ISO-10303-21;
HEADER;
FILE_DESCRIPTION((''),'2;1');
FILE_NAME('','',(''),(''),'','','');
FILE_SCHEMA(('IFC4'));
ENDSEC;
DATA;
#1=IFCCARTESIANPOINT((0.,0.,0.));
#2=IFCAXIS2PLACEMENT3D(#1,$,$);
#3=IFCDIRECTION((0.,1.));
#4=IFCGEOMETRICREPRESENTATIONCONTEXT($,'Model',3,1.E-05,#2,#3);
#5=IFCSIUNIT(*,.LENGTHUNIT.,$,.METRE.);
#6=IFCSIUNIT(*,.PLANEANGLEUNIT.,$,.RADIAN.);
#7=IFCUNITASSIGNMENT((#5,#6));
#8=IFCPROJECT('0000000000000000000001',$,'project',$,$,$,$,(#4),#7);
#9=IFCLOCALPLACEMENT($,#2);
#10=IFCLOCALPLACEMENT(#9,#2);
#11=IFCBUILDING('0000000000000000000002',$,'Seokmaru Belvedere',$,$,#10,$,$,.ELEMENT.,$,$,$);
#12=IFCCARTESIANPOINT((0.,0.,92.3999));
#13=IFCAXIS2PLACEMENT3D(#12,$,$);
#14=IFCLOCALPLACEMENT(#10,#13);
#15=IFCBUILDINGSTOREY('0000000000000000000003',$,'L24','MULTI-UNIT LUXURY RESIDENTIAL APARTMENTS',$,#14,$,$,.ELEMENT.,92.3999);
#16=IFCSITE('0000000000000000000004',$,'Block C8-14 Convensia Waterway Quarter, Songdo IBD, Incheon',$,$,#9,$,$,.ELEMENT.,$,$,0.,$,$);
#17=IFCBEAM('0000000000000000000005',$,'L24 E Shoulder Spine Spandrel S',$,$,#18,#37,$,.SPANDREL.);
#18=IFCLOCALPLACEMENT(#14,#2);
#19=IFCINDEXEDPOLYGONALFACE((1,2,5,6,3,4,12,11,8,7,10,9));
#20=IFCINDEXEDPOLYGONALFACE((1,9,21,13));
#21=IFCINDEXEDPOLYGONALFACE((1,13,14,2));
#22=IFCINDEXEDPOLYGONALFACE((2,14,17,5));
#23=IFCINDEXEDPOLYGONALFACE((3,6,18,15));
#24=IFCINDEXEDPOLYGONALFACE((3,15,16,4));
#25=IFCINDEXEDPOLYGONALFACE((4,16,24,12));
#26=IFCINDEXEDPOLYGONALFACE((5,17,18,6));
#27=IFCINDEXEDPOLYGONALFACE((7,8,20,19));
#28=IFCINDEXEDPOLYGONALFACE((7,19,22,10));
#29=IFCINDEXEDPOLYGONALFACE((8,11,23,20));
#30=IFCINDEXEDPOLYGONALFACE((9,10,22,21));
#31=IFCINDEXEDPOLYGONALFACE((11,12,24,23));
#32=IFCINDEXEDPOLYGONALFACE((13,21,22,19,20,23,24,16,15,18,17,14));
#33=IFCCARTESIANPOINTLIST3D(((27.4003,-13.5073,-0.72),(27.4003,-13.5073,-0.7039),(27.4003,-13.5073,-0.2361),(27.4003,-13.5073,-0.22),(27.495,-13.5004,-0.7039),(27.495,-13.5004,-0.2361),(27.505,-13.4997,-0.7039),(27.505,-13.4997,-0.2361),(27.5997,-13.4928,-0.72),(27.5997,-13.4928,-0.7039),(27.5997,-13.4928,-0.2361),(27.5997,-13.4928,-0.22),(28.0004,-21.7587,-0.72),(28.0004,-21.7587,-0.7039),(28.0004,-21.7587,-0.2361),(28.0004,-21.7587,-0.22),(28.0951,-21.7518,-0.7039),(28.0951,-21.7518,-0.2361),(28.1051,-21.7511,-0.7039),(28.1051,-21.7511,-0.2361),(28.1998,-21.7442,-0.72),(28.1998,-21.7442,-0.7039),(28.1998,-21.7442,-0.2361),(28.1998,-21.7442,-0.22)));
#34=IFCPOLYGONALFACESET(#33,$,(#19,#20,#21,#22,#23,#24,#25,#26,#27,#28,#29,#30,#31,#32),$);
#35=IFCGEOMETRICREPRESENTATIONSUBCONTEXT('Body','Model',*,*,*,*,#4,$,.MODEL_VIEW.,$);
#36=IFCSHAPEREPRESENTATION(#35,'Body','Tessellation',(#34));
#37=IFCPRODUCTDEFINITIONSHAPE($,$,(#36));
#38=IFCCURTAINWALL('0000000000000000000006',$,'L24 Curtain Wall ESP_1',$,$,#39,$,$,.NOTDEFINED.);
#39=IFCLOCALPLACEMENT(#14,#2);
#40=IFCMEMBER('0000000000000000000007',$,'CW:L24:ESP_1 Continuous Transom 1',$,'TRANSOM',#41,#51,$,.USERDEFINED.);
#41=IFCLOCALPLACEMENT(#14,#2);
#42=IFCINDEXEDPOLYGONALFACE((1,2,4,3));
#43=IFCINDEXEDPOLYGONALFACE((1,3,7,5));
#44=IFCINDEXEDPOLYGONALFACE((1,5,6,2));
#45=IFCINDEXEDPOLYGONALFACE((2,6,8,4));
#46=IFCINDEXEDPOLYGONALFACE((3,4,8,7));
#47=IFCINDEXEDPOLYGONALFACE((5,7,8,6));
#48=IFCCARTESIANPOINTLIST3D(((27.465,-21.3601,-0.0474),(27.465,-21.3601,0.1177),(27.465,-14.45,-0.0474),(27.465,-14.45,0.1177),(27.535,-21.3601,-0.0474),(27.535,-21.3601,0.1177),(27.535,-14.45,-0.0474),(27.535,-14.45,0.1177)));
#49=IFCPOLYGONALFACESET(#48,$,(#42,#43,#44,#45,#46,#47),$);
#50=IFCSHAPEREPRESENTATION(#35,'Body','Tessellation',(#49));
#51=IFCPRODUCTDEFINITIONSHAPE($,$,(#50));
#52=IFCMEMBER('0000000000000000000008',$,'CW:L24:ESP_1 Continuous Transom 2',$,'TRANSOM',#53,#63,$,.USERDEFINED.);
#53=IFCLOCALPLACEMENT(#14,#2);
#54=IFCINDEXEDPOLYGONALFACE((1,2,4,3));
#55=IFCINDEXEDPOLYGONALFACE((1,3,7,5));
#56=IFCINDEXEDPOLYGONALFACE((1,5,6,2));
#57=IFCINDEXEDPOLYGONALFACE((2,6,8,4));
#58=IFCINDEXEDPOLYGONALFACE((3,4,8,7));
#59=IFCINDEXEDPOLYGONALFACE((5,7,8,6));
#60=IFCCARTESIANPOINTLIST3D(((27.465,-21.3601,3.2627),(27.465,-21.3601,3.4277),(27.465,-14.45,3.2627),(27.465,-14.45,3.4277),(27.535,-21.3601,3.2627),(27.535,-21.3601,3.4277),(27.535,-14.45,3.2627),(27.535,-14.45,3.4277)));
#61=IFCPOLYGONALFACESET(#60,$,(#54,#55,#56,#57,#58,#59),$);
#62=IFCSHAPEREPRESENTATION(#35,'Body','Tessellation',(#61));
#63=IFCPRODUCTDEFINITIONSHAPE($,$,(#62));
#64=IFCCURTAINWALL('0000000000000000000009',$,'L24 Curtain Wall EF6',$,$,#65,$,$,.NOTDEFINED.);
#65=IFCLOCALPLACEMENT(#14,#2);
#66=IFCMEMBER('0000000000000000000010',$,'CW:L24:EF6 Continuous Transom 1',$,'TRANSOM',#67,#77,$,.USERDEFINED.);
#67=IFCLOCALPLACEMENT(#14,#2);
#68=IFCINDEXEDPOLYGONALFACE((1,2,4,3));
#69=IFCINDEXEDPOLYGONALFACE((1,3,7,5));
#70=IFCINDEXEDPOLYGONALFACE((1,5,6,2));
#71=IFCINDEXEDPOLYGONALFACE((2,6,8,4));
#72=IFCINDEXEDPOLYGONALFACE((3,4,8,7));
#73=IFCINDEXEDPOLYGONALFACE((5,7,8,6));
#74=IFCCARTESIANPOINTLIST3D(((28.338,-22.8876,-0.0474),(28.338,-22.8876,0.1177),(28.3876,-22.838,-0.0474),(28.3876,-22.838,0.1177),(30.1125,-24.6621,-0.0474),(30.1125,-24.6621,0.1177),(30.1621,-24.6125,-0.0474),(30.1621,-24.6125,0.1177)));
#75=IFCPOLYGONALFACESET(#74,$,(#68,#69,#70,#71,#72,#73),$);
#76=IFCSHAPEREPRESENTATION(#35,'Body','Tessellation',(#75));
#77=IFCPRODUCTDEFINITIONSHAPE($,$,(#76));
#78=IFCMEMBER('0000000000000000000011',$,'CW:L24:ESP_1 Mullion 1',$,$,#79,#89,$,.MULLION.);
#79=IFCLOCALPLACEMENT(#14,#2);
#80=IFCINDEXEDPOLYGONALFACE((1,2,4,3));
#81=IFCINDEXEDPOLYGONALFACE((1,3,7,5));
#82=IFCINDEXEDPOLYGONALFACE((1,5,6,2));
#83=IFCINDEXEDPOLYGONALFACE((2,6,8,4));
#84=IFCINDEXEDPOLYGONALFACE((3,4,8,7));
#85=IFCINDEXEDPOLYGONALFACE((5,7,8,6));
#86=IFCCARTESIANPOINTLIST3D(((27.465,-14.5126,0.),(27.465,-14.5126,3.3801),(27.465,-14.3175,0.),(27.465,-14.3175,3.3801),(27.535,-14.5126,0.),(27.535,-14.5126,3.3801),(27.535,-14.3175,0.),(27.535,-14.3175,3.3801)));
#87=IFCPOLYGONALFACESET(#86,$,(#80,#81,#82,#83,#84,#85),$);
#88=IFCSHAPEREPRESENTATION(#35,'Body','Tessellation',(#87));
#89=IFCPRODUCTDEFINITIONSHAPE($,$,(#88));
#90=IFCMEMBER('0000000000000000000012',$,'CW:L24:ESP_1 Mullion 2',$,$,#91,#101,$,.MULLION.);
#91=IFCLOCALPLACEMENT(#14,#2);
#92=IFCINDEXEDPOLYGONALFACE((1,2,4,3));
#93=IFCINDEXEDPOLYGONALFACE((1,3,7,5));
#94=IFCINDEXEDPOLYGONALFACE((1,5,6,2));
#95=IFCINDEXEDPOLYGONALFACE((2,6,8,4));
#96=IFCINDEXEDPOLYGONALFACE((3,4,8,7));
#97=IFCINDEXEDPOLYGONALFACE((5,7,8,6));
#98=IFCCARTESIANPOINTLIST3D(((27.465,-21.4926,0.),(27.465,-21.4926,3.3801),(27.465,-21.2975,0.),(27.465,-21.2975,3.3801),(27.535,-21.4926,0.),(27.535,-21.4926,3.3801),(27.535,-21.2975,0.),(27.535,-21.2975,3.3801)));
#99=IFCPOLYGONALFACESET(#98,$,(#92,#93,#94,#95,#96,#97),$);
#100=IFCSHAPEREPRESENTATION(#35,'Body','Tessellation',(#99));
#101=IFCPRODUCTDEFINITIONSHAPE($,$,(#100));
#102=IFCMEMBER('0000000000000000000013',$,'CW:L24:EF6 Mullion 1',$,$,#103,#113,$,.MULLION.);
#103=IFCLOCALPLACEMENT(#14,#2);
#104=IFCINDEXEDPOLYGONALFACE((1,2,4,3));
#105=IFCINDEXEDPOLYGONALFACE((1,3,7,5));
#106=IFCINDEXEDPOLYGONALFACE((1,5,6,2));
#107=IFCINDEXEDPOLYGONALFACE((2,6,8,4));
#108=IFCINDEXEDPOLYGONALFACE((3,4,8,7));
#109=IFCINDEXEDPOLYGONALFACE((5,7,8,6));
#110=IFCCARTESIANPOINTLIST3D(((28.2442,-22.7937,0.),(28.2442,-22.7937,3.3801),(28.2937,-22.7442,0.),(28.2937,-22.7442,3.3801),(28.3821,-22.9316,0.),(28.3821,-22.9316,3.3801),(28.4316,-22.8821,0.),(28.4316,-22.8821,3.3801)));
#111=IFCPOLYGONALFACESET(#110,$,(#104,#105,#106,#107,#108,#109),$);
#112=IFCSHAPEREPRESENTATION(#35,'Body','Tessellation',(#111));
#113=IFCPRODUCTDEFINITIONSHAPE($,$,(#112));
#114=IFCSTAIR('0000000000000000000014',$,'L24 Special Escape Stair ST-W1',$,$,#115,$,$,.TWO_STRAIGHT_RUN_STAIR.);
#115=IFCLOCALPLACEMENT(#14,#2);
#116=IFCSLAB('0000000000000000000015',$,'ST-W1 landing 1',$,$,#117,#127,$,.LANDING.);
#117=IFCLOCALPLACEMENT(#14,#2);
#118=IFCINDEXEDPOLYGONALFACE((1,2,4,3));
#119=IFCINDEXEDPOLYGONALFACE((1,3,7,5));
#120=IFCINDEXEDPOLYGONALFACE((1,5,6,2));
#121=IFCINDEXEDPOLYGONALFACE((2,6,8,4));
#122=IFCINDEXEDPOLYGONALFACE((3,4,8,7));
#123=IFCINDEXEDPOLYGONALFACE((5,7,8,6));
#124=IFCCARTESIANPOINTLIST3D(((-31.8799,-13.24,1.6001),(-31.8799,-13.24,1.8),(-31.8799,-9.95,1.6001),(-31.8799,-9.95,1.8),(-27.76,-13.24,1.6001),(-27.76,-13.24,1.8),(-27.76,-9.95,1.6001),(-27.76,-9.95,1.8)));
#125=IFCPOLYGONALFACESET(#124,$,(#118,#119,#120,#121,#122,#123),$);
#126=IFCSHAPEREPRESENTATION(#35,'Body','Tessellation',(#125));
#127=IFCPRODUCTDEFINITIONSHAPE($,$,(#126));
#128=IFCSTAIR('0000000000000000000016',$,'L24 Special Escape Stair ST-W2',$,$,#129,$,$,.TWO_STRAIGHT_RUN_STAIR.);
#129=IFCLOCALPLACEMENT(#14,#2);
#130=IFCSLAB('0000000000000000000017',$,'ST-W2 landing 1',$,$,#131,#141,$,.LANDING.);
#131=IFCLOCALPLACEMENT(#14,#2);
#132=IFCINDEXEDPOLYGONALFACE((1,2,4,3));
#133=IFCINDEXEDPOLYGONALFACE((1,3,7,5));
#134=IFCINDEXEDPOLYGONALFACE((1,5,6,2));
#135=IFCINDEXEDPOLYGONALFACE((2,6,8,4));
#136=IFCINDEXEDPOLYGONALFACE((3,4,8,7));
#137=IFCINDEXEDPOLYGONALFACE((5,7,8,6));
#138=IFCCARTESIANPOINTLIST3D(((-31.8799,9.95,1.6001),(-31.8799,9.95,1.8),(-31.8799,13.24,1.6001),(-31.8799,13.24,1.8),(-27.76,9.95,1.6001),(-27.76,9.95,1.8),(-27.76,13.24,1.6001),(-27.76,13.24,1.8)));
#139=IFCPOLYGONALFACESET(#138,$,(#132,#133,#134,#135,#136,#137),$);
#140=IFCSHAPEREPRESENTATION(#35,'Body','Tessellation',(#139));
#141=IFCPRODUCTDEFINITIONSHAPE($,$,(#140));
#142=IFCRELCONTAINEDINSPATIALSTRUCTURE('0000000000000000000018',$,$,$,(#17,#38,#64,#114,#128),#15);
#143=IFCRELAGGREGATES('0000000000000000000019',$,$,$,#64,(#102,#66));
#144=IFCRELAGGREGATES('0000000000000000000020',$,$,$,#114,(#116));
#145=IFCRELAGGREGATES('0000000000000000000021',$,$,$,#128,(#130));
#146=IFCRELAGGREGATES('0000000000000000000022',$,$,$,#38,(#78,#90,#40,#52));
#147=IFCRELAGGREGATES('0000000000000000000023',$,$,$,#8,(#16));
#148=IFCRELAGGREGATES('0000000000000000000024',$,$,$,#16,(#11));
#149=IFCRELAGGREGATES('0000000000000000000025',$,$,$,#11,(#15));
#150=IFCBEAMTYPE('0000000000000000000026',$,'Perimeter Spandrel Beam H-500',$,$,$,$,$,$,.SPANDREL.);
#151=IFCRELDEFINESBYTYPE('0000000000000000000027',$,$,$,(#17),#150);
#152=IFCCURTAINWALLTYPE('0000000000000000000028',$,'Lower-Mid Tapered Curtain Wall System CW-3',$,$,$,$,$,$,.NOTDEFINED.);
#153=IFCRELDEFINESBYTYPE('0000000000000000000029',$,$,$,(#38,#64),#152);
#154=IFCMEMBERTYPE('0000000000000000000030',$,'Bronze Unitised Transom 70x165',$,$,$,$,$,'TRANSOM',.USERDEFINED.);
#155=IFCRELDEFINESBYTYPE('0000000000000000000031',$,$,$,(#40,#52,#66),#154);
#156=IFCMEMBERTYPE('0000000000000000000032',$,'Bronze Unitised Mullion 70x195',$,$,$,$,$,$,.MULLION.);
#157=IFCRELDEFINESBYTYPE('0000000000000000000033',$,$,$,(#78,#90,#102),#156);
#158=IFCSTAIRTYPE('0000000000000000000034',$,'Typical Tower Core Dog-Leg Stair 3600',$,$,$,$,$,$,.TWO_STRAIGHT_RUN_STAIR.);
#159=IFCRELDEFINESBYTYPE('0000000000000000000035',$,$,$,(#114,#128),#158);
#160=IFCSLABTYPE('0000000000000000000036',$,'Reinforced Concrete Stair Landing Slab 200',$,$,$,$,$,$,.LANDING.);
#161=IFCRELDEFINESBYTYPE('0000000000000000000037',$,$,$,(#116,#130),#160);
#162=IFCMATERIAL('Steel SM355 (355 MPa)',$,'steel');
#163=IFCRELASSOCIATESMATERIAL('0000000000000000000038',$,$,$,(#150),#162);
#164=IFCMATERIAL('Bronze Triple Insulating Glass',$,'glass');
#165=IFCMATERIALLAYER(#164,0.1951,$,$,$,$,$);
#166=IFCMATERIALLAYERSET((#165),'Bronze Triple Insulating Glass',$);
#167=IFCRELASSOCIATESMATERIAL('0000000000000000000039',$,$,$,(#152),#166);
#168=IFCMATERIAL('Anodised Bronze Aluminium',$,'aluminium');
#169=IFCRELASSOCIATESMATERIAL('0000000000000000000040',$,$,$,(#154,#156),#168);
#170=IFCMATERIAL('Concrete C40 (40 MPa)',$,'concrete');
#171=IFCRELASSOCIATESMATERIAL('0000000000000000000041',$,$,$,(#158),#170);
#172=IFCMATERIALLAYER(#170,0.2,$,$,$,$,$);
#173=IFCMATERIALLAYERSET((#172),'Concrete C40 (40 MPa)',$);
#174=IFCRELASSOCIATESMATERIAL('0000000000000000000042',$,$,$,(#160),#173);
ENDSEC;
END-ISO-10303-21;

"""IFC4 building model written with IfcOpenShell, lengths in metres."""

from ifc_helpers import new_model, si_unit, direction, frame, origin, origin_2d, place, context, subcontext, project, spatial, polyline, rectangle, i_section, outline, extrude, source, transform, mapped, material, layer, layer_set, material_profile, profile_set, type_object, type_shapes, element, aggregate, save


model = new_model("IFC4")

# Units and contexts
model_context = context("Model", 3, precision=1e-05, world=origin(), true_north=direction((0.0, 1.0)))
body_context = subcontext(model_context, "Body", "Model", "MODEL_VIEW")
ifc_project = project(units=[si_unit("LENGTHUNIT", "METRE"), si_unit("PLANEANGLEUNIT", "RADIAN")], contexts=[model_context])

# Site, building, storey
site_placement = place(None, origin())
site = spatial("IfcSite", under=ifc_project, at=site_placement, Name="Block C8-14 Convensia Waterway Quarter, Songdo IBD, Incheon", CompositionType="ELEMENT", RefElevation=0.0)
building_placement = place(site_placement, origin())
building = spatial("IfcBuilding", under=site, at=building_placement, Name="Seokmaru Belvedere", CompositionType="ELEMENT")
storey_placement = place(building_placement, frame((0.0, 0.0, 92.3999)))
storey = spatial("IfcBuildingStorey", under=building, at=storey_placement, Name="L24", Description="MULTI-UNIT LUXURY RESIDENTIAL APARTMENTS", CompositionType="ELEMENT", Elevation=92.3999)

# Shared definitions
ifc_material_1 = material(Name="Steel SM355 (355 MPa)", Category="steel")

# Beam
ifc_material_profile_1 = material_profile(ifc_material_1, i_section(OverallWidth=0.2, OverallDepth=0.5, WebThickness=0.01, FlangeThickness=0.0161, at=origin_2d()), Name="H-500x200x10x16")
ifc_profile_set_1 = profile_set([ifc_material_profile_1], Name="Steel SM355 (355 MPa)")
beam_type_1 = type_object("IfcBeamType", Name="Perimeter Spandrel Beam H-500", PredefinedType="SPANDREL", material=ifc_profile_set_1)
shared_shape_1 = source(origin(), body_context, "Body", "SweptSolid", [
    extrude(i_section(OverallWidth=0.2, OverallDepth=0.5, WebThickness=0.01, FlangeThickness=0.0161, at=origin_2d()), origin(), (0.0, 0.0, 1.0), 8.2732),
])
beam_1_placement = place(storey_placement, frame((28.1001, -21.7515, -0.47), z_axis=(-0.072535, 0.997366, 0.0), x_axis=(-0.997366, -0.072535, 0.0)))
element("IfcBeam", 1, at=beam_1_placement, inside=storey, type_object=beam_type_1, Name="L24 E Shoulder Spine Spandrel S", PredefinedType="SPANDREL", context=body_context, shape_type="MappedRepresentation", body=[
    mapped(shared_shape_1, transform((0.0, 0.0, 0.0), scale=1.0)),
])

# Curtain wall, members
ifc_material_2 = material(Name="Bronze Triple Insulating Glass", Category="glass")
ifc_layer_1 = layer(ifc_material_2, 0.1951)
ifc_layer_set_1 = layer_set([ifc_layer_1], Name="Bronze Triple Insulating Glass")
curtain_wall_type = type_object("IfcCurtainWallType", Name="Lower-Mid Tapered Curtain Wall System CW-3", PredefinedType="NOTDEFINED", material=ifc_layer_set_1)
curtain_wall_1_placement = place(storey_placement, origin())
curtain_wall_1 = element("IfcCurtainWall", 2, at=curtain_wall_1_placement, inside=storey, type_object=curtain_wall_type, Name="L24 Curtain Wall ESP_1", PredefinedType="NOTDEFINED")
ifc_material_3 = material(Name="Anodised Bronze Aluminium", Category="aluminium")
ifc_material_profile_2 = material_profile(ifc_material_3, rectangle(XDim=0.0701, YDim=0.165, at=origin_2d()), Name="CW-T-70x165")
ifc_profile_set_2 = profile_set([ifc_material_profile_2], Name="Anodised Bronze Aluminium")
member_type_1 = type_object("IfcMemberType", Name="Bronze Unitised Transom 70x165", ElementType="TRANSOM", PredefinedType="USERDEFINED", material=ifc_profile_set_2)
shared_shape_2 = source(origin(), body_context, "Body", "SweptSolid", [
    extrude(rectangle(XDim=0.0701, YDim=0.165, at=origin_2d()), origin(), (0.0, 0.0, 1.0), 6.9102),
])
member_1_placement = place(storey_placement, frame((27.5, -14.45, 0.0352), z_axis=(0.0, -1.0, 0.0), x_axis=(1.0, 0.0, 0.0)))
member_1 = element("IfcMember", 3, at=member_1_placement, type_object=member_type_1, Name="CW:L24:ESP_1 Continuous Transom 1", ObjectType="TRANSOM", PredefinedType="USERDEFINED", context=body_context, shape_type="MappedRepresentation", body=[
    mapped(shared_shape_2, transform((0.0, 0.0, 0.0), scale=1.0)),
])
member_2_placement = place(storey_placement, frame((27.5, -14.45, 3.3452), z_axis=(0.0, -1.0, 0.0), x_axis=(1.0, 0.0, 0.0)))
member_2 = element("IfcMember", 4, at=member_2_placement, type_object=member_type_1, Name="CW:L24:ESP_1 Continuous Transom 2", ObjectType="TRANSOM", PredefinedType="USERDEFINED", context=body_context, shape_type="MappedRepresentation", body=[
    mapped(shared_shape_2, transform((0.0, 0.0, 0.0), scale=1.0)),
])

# Curtain wall, member
curtain_wall_2_placement = place(storey_placement, origin())
curtain_wall_2 = element("IfcCurtainWall", 5, at=curtain_wall_2_placement, inside=storey, type_object=curtain_wall_type, Name="L24 Curtain Wall EF6", PredefinedType="NOTDEFINED")
shared_shape_3 = source(origin(), body_context, "Body", "SweptSolid", [
    extrude(rectangle(XDim=0.0701, YDim=0.165, at=origin_2d()), origin(), (0.0, 0.0, 1.0), 2.5095),
])
type_shapes(member_type_1, [shared_shape_2, shared_shape_3])
member_3_placement = place(storey_placement, frame((28.3628, -22.8628, 0.0352), z_axis=(0.707107, -0.707107, 0.0), x_axis=(0.707107, 0.707107, 0.0)))
member_3 = element("IfcMember", 6, at=member_3_placement, type_object=member_type_1, Name="CW:L24:EF6 Continuous Transom 1", ObjectType="TRANSOM", PredefinedType="USERDEFINED", context=body_context, shape_type="MappedRepresentation", body=[
    mapped(shared_shape_3, transform((0.0, 0.0, 0.0), scale=1.0)),
])

# Members
ifc_material_profile_3 = material_profile(ifc_material_3, rectangle(XDim=0.0701, YDim=0.1951, at=origin_2d()), Name="CW-M-70x195")
ifc_profile_set_3 = profile_set([ifc_material_profile_3], Name="Anodised Bronze Aluminium")
member_type_2 = type_object("IfcMemberType", Name="Bronze Unitised Mullion 70x195", PredefinedType="MULLION", material=ifc_profile_set_3)
shared_shape_4 = source(origin(), body_context, "Body", "SweptSolid", [
    extrude(rectangle(XDim=0.0701, YDim=0.1951, at=origin_2d()), origin(), (0.0, 0.0, 1.0), 3.3801),
])
type_shapes(member_type_2, [shared_shape_4])
member_4_placement = place(storey_placement, frame((27.5, -14.415, 0.0), z_axis=(0.0, 0.0, 1.0), x_axis=(1.0, 0.0, 0.0)))
member_4 = element("IfcMember", 7, at=member_4_placement, type_object=member_type_2, Name="CW:L24:ESP_1 Mullion 1", PredefinedType="MULLION", context=body_context, shape_type="MappedRepresentation", body=[
    mapped(shared_shape_4, transform((0.0, 0.0, 0.0), scale=1.0)),
])
member_5_placement = place(storey_placement, frame((27.5, -21.395, 0.0), z_axis=(0.0, 0.0, 1.0), x_axis=(1.0, 0.0, 0.0)))
member_5 = element("IfcMember", 8, at=member_5_placement, type_object=member_type_2, Name="CW:L24:ESP_1 Mullion 2", PredefinedType="MULLION", context=body_context, shape_type="MappedRepresentation", body=[
    mapped(shared_shape_4, transform((0.0, 0.0, 0.0), scale=1.0)),
])
member_6_placement = place(storey_placement, frame((28.3379, -22.8379, 0.0), z_axis=(0.0, 0.0, 1.0), x_axis=(0.707107, 0.707107, 0.0)))
member_6 = element("IfcMember", 9, at=member_6_placement, type_object=member_type_2, Name="CW:L24:EF6 Mullion 1", PredefinedType="MULLION", context=body_context, shape_type="MappedRepresentation", body=[
    mapped(shared_shape_4, transform((0.0, 0.0, 0.0), scale=1.0)),
])
aggregate(curtain_wall_2, [member_6, member_3])

# Stairs, slabs
ifc_material_4 = material(Name="Concrete C40 (40 MPa)", Category="concrete")
stair_type = type_object("IfcStairType", Name="Typical Tower Core Dog-Leg Stair 3600", PredefinedType="TWO_STRAIGHT_RUN_STAIR", material=ifc_material_4)
stair_1_placement = place(storey_placement, origin())
stair_1 = element("IfcStair", 10, at=stair_1_placement, inside=storey, type_object=stair_type, Name="L24 Special Escape Stair ST-W1", PredefinedType="TWO_STRAIGHT_RUN_STAIR")
ifc_layer_2 = layer(ifc_material_4, 0.2)
ifc_layer_set_2 = layer_set([ifc_layer_2], Name="Concrete C40 (40 MPa)")
slab_type_1 = type_object("IfcSlabType", Name="Reinforced Concrete Stair Landing Slab 200", PredefinedType="LANDING", material=ifc_layer_set_2)
slab_1_placement = place(storey_placement, frame((0.0, 0.0, 1.6001)))
slab_1 = element("IfcSlab", 11, at=slab_1_placement, type_object=slab_type_1, Name="ST-W1 landing 1", PredefinedType="LANDING", context=body_context, shape_type="SweptSolid", body=[
    extrude(outline(polyline([(-31.8799, -13.24), (-27.76, -13.24), (-27.76, -9.95), (-31.8799, -9.95), (-31.8799, -13.24)])), origin(), (0.0, 0.0, 1.0), 0.2),
])
aggregate(stair_1, [slab_1])
stair_2_placement = place(storey_placement, origin())
stair_2 = element("IfcStair", 12, at=stair_2_placement, inside=storey, type_object=stair_type, Name="L24 Special Escape Stair ST-W2", PredefinedType="TWO_STRAIGHT_RUN_STAIR")
slab_2_placement = place(storey_placement, frame((0.0, 0.0, 1.6001)))
slab_2 = element("IfcSlab", 13, at=slab_2_placement, type_object=slab_type_1, Name="ST-W2 landing 1", PredefinedType="LANDING", context=body_context, shape_type="SweptSolid", body=[
    extrude(outline(polyline([(-31.8799, 9.95), (-27.76, 9.95), (-27.76, 13.24), (-31.8799, 13.24), (-31.8799, 9.95)])), origin(), (0.0, 0.0, 1.0), 0.2),
])
aggregate(stair_2, [slab_2])

aggregate(curtain_wall_1, [member_4, member_5, member_1, member_2])

save(model, "model.ifc")
